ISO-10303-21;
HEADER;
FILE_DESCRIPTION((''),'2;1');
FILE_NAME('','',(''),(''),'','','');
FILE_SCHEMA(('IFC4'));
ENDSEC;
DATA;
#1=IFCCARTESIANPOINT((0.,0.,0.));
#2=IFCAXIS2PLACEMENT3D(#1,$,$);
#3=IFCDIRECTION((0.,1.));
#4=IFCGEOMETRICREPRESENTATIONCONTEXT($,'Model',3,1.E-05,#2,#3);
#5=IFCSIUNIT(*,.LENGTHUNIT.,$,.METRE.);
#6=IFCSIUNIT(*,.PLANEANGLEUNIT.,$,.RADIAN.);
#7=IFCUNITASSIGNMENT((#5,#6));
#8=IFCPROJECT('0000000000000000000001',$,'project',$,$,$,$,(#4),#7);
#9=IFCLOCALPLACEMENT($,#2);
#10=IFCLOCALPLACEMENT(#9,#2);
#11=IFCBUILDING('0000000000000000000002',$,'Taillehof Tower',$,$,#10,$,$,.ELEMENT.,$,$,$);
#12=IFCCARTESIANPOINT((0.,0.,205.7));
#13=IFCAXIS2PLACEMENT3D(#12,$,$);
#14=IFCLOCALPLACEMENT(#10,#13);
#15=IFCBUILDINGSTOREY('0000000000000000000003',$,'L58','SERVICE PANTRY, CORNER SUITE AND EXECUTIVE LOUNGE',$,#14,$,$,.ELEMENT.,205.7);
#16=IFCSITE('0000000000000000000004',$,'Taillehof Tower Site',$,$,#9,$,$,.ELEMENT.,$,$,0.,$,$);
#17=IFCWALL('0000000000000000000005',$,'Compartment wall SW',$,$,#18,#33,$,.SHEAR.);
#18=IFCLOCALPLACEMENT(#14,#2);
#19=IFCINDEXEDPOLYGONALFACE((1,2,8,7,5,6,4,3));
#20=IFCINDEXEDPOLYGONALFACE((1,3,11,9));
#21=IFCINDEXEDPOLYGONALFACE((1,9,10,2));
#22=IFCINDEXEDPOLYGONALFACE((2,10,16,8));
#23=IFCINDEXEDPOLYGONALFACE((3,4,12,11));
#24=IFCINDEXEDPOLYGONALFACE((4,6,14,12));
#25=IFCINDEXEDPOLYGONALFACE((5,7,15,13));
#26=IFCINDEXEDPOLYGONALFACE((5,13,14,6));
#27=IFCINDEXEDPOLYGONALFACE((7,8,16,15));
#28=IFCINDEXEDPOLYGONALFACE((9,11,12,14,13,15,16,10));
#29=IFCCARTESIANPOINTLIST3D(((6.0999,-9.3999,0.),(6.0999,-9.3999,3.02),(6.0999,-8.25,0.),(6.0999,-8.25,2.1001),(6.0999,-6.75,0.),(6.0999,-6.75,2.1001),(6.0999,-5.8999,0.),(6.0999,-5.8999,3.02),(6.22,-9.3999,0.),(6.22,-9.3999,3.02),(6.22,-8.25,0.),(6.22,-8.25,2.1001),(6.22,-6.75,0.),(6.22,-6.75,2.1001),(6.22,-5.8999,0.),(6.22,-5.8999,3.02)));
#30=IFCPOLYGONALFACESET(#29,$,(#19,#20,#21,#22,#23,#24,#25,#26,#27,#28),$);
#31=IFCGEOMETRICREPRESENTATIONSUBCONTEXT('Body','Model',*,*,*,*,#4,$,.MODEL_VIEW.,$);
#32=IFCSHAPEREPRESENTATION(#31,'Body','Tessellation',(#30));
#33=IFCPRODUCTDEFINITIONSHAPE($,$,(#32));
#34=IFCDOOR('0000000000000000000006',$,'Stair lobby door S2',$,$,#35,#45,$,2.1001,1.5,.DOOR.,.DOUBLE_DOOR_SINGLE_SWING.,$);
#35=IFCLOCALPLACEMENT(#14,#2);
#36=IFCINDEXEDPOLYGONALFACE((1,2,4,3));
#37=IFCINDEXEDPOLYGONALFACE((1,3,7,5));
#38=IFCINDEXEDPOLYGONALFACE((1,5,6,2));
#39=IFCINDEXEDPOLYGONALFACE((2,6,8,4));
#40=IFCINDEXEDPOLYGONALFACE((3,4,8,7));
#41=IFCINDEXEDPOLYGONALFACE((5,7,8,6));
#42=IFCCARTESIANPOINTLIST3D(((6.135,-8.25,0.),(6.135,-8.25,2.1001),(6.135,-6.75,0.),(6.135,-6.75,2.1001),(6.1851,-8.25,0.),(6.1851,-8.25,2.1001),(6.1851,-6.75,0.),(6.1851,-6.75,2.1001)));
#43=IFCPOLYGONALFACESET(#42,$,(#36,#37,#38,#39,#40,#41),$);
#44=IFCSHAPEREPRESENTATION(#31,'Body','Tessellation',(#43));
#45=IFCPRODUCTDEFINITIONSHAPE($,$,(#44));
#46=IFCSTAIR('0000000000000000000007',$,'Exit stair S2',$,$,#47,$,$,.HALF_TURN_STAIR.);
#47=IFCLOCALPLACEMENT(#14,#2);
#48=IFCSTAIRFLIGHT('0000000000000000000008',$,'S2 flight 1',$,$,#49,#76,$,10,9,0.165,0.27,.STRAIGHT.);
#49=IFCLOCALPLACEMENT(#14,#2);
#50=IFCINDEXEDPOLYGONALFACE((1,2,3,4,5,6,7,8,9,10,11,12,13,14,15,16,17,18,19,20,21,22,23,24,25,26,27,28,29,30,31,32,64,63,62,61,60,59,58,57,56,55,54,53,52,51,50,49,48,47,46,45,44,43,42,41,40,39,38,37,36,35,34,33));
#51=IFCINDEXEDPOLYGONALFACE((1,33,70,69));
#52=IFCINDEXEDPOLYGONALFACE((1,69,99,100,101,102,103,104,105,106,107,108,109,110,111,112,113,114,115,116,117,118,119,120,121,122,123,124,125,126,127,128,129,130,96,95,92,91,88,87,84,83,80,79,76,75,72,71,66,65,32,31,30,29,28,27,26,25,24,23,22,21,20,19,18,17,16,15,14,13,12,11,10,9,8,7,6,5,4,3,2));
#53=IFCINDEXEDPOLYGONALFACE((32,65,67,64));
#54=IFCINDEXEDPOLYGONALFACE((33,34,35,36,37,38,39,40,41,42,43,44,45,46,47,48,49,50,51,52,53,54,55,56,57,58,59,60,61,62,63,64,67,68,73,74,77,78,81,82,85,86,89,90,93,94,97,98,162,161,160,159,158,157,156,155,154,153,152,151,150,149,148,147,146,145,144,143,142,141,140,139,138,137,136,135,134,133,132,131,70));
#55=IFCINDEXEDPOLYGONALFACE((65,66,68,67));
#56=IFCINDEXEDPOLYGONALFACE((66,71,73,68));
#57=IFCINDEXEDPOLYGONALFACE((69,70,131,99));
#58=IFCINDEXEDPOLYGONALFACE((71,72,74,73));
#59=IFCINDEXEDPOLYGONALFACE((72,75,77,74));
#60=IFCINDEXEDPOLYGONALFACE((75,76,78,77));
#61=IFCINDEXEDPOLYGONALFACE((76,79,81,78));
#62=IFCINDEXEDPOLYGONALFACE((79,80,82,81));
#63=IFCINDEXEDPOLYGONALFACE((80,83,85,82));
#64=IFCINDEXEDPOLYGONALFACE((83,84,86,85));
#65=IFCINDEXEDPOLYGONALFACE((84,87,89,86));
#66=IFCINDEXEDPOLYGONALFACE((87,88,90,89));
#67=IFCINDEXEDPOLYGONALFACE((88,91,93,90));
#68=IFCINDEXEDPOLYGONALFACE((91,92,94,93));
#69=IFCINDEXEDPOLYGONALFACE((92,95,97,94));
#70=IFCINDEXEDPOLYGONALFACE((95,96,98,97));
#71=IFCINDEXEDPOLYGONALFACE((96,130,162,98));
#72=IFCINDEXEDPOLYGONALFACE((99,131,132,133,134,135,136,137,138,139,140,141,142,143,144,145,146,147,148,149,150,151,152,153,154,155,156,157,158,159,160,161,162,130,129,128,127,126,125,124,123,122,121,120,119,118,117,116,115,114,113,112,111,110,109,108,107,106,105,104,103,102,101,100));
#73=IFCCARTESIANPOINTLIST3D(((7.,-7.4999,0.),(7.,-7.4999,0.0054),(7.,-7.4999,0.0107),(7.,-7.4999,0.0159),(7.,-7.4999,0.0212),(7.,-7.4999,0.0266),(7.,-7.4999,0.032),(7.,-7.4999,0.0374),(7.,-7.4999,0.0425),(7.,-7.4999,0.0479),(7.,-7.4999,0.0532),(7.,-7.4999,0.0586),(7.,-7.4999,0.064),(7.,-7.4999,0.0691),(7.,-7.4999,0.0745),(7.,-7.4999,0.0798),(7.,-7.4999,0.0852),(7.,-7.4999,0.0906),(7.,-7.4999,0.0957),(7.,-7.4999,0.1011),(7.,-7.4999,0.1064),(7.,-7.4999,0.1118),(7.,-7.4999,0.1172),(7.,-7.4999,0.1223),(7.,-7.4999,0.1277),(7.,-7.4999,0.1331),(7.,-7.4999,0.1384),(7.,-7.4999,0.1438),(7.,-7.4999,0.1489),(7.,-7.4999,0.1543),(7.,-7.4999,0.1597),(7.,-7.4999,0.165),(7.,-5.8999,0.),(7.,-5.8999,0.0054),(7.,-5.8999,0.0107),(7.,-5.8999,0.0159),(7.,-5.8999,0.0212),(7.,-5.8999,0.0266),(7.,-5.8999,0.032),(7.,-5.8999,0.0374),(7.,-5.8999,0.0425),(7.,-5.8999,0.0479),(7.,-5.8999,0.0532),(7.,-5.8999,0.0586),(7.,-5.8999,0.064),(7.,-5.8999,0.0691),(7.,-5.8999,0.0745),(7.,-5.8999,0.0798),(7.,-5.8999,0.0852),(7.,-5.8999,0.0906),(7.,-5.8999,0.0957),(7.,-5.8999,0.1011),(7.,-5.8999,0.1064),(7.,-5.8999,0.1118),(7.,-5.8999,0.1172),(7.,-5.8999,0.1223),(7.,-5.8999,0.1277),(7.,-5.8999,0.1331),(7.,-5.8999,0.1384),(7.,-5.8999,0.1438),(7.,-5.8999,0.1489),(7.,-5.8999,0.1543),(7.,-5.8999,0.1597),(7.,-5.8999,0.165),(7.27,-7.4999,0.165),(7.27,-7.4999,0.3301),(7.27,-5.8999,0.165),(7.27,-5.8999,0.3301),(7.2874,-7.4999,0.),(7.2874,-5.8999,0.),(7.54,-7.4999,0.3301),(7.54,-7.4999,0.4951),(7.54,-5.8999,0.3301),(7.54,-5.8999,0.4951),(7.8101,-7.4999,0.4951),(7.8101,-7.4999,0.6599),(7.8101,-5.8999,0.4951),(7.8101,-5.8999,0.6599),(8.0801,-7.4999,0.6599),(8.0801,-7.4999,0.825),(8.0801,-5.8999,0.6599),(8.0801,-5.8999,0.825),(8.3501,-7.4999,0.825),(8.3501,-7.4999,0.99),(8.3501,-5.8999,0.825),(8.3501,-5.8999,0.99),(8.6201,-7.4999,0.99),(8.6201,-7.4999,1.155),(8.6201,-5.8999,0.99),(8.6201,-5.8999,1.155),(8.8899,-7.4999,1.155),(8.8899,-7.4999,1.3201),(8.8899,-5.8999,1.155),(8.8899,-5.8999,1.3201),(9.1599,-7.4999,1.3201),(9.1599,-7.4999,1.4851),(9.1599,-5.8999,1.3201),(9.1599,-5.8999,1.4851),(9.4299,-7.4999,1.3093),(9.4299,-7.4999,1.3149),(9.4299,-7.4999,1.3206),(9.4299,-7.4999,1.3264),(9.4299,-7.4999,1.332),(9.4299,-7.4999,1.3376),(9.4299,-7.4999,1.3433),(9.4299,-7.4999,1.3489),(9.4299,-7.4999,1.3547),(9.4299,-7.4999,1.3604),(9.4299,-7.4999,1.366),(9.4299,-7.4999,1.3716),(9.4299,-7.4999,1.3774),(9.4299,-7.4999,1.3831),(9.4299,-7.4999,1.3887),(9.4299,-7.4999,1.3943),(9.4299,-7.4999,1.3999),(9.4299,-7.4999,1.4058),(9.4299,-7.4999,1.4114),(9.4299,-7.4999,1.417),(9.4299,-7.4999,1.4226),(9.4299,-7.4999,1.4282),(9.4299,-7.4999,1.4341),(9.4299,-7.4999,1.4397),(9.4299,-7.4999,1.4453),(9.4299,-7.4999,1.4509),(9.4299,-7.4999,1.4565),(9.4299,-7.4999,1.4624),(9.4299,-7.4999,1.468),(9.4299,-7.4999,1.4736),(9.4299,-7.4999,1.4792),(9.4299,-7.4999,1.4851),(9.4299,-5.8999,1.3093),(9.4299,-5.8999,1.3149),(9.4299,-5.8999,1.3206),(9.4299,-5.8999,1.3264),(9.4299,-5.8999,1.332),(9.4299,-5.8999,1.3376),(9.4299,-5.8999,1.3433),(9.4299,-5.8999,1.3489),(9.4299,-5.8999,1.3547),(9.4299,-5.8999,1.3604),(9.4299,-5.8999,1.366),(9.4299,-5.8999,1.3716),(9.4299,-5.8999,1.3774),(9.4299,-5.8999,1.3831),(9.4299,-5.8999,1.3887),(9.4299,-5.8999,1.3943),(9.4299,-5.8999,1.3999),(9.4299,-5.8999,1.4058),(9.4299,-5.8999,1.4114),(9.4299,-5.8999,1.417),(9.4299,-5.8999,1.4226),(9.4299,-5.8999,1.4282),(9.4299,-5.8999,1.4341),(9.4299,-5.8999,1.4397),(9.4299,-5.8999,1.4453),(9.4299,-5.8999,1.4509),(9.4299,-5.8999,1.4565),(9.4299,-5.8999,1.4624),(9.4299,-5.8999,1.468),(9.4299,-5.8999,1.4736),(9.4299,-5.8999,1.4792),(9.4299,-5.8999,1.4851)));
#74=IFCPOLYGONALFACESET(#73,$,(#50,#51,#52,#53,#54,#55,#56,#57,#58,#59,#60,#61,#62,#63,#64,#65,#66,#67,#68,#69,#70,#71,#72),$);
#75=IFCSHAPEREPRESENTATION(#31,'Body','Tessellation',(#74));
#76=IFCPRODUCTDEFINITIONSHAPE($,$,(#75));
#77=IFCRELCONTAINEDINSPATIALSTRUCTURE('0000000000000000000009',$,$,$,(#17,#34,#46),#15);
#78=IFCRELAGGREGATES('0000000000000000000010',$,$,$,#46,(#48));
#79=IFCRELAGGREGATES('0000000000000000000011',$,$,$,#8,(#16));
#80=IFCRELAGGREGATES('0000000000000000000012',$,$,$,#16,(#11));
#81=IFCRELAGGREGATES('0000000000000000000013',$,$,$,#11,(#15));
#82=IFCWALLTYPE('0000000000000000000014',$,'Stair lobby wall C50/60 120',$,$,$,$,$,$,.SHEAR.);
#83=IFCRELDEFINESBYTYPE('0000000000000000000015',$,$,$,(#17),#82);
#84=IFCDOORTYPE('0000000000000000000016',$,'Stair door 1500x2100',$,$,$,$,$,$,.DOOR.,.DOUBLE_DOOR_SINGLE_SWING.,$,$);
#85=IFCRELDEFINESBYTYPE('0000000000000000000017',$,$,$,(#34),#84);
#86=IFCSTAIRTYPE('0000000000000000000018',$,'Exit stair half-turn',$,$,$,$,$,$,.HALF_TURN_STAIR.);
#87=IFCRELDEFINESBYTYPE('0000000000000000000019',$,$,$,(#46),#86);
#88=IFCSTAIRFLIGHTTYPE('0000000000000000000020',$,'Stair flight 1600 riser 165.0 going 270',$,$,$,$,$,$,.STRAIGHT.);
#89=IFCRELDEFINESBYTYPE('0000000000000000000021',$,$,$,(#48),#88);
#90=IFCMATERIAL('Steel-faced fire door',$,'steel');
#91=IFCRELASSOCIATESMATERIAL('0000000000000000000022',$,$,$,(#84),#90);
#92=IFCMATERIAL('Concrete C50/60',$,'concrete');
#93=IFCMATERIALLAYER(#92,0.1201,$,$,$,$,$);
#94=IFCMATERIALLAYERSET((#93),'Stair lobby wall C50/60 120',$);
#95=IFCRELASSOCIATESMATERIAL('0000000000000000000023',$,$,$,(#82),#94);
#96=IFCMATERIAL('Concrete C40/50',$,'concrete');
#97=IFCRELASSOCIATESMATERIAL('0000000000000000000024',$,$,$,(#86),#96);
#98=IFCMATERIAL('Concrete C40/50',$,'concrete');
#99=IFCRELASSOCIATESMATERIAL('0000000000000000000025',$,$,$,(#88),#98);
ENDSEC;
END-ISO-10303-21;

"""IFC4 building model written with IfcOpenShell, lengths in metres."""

from ifc_helpers import new_model, si_unit, direction, frame, frame_2d, origin, place, context, subcontext, project, spatial, polyline, rectangle, outline, extrude, material, layer, layer_set, type_object, element, fill, aggregate, save


model = new_model("IFC4")

# Units and contexts
model_context = context("Model", 3, precision=1e-05, world=origin(), true_north=direction((0.0, 1.0)))
body_context = subcontext(model_context, "Body", "Model", "MODEL_VIEW")
ifc_project = project(units=[si_unit("LENGTHUNIT", "METRE"), si_unit("PLANEANGLEUNIT", "RADIAN")], contexts=[model_context])

# Site, building, storey
site_placement = place(None, origin())
site = spatial("IfcSite", under=ifc_project, at=site_placement, Name="Taillehof Tower Site", CompositionType="ELEMENT", RefElevation=0.0)
building_placement = place(site_placement, origin())
building = spatial("IfcBuilding", under=site, at=building_placement, Name="Taillehof Tower", CompositionType="ELEMENT")
storey_placement = place(building_placement, frame((0.0, 0.0, 205.7)))
storey = spatial("IfcBuildingStorey", under=building, at=storey_placement, Name="L58", Description="SERVICE PANTRY, CORNER SUITE AND EXECUTIVE LOUNGE", CompositionType="ELEMENT", Elevation=205.7)

# Shared definitions
ifc_material_1 = material(Name="Steel-faced fire door", Category="steel")
door_type_1 = type_object("IfcDoorType", Name="Stair door 1500x2100", OperationType="DOUBLE_DOOR_SINGLE_SWING", PredefinedType="DOOR", material=ifc_material_1)

# Wall, opening, door
ifc_material_2 = material(Name="Concrete C50/60", Category="concrete")
ifc_layer_1 = layer(ifc_material_2, 0.1201)
ifc_layer_set_1 = layer_set([ifc_layer_1], Name="Stair lobby wall C50/60 120")
wall_type_1 = type_object("IfcWallType", Name="Stair lobby wall C50/60 120", PredefinedType="SHEAR", material=ifc_layer_set_1)
wall_1_placement = place(storey_placement, frame((6.1599, -9.3999, 0.0), z_axis=(0.0, 0.0, 1.0), x_axis=(0.0, 1.0, 0.0)))
wall_1 = element("IfcWall", 1, at=wall_1_placement, inside=storey, type_object=wall_type_1, Name="Compartment wall SW", PredefinedType="SHEAR", context=body_context, shape_type="SweptSolid", body=[
    extrude(rectangle(XDim=3.5, YDim=0.1201, at=frame_2d((1.75, 0.0))), origin(), (0.0, 0.0, 1.0), 3.02),
])
opening_1_placement = place(wall_1_placement, frame((1.1499, 0.0, 0.0)))
opening_1 = element("IfcOpeningElement", 2, at=opening_1_placement, cuts=wall_1, PredefinedType="OPENING", context=body_context, shape_type="SweptSolid", body=[
    extrude(rectangle(XDim=1.5, YDim=2.1001, at=frame_2d((0.75, 1.05))), frame((0.0, 0.0701, 0.0), z_axis=(0.0, -1.0, 0.0), x_axis=(1.0, 0.0, 0.0)), (0.0, 0.0, 1.0), 0.1401),
])
door_1_placement = place(opening_1_placement, origin())
door_1 = element("IfcDoor", 3, at=door_1_placement, inside=storey, type_object=door_type_1, Name="Stair lobby door S2", OperationType="DOUBLE_DOOR_SINGLE_SWING", OverallHeight=2.1001, OverallWidth=1.5, PredefinedType="DOOR", context=body_context, shape_type="SweptSolid", body=[
    extrude(rectangle(XDim=1.5, YDim=2.1001, at=frame_2d((0.75, 1.05))), frame((0.0, 0.0249, 0.0), z_axis=(0.0, -1.0, 0.0), x_axis=(1.0, 0.0, 0.0)), (0.0, 0.0, 1.0), 0.05),
])
fill(opening_1, door_1)

# Stair, stair flight
ifc_material_3 = material(Name="Concrete C40/50", Category="concrete")
stair_type = type_object("IfcStairType", Name="Exit stair half-turn", PredefinedType="HALF_TURN_STAIR", material=ifc_material_3)
stair_placement = place(storey_placement, origin())
stair = element("IfcStair", 4, at=stair_placement, inside=storey, type_object=stair_type, Name="Exit stair S2", PredefinedType="HALF_TURN_STAIR")
ifc_material_4 = material(Name="Concrete C40/50", Category="concrete")
stair_flight_type = type_object("IfcStairFlightType", Name="Stair flight 1600 riser 165.0 going 270", PredefinedType="STRAIGHT", material=ifc_material_4)
stair_flight_placement = place(storey_placement, frame((7.0, -6.7, 0.0), z_axis=(0.0, 0.0, 1.0), x_axis=(1.0, 0.0, 0.0)))
stair_flight = element("IfcStairFlight", 5, at=stair_flight_placement, type_object=stair_flight_type, Name="S2 flight 1", NumberOfRisers=10, NumberOfTreads=9, PredefinedType="STRAIGHT", RiserHeight=0.165, TreadLength=0.27, context=body_context, shape_type="SweptSolid", body=[
    extrude(outline(polyline([(0.0, 0.0), (0.0, 0.0054), (0.0, 0.0107), (0.0, 0.0159), (0.0, 0.0212), (0.0, 0.0266), (0.0, 0.032), (0.0, 0.0374), (0.0, 0.0425), (0.0, 0.0479), (0.0, 0.0532), (0.0, 0.0586), (0.0, 0.064), (0.0, 0.0691), (0.0, 0.0745), (0.0, 0.0798), (0.0, 0.0852), (0.0, 0.0906), (0.0, 0.0957), (0.0, 0.1011), (0.0, 0.1064), (0.0, 0.1118), (0.0, 0.1172), (0.0, 0.1223), (0.0, 0.1277), (0.0, 0.1331), (0.0, 0.1384), (0.0, 0.1438), (0.0, 0.1489), (0.0, 0.1543), (0.0, 0.1597), (0.0, 0.165), (0.27, 0.165), (0.27, 0.3301), (0.54, 0.3301), (0.54, 0.4951), (0.8101, 0.4951), (0.8101, 0.6599), (1.0801, 0.6599), (1.0801, 0.825), (1.3501, 0.825), (1.3501, 0.99), (1.6201, 0.99), (1.6201, 1.155), (1.8899, 1.155), (1.8899, 1.3201), (2.1599, 1.3201), (2.1599, 1.4851), (2.4299, 1.4851), (2.4299, 1.4792), (2.4299, 1.4736), (2.4299, 1.468), (2.4299, 1.4624), (2.4299, 1.4565), (2.4299, 1.4509), (2.4299, 1.4453), (2.4299, 1.4397), (2.4299, 1.4341), (2.4299, 1.4282), (2.4299, 1.4226), (2.4299, 1.417), (2.4299, 1.4114), (2.4299, 1.4058), (2.4299, 1.3999), (2.4299, 1.3943), (2.4299, 1.3887), (2.4299, 1.3831), (2.4299, 1.3774), (2.4299, 1.3716), (2.4299, 1.366), (2.4299, 1.3604), (2.4299, 1.3547), (2.4299, 1.3489), (2.4299, 1.3433), (2.4299, 1.3376), (2.4299, 1.332), (2.4299, 1.3264), (2.4299, 1.3206), (2.4299, 1.3149), (2.4299, 1.3093), (0.2874, 0.0), (0.0, 0.0)])), frame((0.0, 0.8, 0.0), z_axis=(0.0, -1.0, 0.0), x_axis=(1.0, 0.0, 0.0)), (0.0, 0.0, 1.0), 1.6),
])
aggregate(stair, [stair_flight])

save(model, "model.ifc")
